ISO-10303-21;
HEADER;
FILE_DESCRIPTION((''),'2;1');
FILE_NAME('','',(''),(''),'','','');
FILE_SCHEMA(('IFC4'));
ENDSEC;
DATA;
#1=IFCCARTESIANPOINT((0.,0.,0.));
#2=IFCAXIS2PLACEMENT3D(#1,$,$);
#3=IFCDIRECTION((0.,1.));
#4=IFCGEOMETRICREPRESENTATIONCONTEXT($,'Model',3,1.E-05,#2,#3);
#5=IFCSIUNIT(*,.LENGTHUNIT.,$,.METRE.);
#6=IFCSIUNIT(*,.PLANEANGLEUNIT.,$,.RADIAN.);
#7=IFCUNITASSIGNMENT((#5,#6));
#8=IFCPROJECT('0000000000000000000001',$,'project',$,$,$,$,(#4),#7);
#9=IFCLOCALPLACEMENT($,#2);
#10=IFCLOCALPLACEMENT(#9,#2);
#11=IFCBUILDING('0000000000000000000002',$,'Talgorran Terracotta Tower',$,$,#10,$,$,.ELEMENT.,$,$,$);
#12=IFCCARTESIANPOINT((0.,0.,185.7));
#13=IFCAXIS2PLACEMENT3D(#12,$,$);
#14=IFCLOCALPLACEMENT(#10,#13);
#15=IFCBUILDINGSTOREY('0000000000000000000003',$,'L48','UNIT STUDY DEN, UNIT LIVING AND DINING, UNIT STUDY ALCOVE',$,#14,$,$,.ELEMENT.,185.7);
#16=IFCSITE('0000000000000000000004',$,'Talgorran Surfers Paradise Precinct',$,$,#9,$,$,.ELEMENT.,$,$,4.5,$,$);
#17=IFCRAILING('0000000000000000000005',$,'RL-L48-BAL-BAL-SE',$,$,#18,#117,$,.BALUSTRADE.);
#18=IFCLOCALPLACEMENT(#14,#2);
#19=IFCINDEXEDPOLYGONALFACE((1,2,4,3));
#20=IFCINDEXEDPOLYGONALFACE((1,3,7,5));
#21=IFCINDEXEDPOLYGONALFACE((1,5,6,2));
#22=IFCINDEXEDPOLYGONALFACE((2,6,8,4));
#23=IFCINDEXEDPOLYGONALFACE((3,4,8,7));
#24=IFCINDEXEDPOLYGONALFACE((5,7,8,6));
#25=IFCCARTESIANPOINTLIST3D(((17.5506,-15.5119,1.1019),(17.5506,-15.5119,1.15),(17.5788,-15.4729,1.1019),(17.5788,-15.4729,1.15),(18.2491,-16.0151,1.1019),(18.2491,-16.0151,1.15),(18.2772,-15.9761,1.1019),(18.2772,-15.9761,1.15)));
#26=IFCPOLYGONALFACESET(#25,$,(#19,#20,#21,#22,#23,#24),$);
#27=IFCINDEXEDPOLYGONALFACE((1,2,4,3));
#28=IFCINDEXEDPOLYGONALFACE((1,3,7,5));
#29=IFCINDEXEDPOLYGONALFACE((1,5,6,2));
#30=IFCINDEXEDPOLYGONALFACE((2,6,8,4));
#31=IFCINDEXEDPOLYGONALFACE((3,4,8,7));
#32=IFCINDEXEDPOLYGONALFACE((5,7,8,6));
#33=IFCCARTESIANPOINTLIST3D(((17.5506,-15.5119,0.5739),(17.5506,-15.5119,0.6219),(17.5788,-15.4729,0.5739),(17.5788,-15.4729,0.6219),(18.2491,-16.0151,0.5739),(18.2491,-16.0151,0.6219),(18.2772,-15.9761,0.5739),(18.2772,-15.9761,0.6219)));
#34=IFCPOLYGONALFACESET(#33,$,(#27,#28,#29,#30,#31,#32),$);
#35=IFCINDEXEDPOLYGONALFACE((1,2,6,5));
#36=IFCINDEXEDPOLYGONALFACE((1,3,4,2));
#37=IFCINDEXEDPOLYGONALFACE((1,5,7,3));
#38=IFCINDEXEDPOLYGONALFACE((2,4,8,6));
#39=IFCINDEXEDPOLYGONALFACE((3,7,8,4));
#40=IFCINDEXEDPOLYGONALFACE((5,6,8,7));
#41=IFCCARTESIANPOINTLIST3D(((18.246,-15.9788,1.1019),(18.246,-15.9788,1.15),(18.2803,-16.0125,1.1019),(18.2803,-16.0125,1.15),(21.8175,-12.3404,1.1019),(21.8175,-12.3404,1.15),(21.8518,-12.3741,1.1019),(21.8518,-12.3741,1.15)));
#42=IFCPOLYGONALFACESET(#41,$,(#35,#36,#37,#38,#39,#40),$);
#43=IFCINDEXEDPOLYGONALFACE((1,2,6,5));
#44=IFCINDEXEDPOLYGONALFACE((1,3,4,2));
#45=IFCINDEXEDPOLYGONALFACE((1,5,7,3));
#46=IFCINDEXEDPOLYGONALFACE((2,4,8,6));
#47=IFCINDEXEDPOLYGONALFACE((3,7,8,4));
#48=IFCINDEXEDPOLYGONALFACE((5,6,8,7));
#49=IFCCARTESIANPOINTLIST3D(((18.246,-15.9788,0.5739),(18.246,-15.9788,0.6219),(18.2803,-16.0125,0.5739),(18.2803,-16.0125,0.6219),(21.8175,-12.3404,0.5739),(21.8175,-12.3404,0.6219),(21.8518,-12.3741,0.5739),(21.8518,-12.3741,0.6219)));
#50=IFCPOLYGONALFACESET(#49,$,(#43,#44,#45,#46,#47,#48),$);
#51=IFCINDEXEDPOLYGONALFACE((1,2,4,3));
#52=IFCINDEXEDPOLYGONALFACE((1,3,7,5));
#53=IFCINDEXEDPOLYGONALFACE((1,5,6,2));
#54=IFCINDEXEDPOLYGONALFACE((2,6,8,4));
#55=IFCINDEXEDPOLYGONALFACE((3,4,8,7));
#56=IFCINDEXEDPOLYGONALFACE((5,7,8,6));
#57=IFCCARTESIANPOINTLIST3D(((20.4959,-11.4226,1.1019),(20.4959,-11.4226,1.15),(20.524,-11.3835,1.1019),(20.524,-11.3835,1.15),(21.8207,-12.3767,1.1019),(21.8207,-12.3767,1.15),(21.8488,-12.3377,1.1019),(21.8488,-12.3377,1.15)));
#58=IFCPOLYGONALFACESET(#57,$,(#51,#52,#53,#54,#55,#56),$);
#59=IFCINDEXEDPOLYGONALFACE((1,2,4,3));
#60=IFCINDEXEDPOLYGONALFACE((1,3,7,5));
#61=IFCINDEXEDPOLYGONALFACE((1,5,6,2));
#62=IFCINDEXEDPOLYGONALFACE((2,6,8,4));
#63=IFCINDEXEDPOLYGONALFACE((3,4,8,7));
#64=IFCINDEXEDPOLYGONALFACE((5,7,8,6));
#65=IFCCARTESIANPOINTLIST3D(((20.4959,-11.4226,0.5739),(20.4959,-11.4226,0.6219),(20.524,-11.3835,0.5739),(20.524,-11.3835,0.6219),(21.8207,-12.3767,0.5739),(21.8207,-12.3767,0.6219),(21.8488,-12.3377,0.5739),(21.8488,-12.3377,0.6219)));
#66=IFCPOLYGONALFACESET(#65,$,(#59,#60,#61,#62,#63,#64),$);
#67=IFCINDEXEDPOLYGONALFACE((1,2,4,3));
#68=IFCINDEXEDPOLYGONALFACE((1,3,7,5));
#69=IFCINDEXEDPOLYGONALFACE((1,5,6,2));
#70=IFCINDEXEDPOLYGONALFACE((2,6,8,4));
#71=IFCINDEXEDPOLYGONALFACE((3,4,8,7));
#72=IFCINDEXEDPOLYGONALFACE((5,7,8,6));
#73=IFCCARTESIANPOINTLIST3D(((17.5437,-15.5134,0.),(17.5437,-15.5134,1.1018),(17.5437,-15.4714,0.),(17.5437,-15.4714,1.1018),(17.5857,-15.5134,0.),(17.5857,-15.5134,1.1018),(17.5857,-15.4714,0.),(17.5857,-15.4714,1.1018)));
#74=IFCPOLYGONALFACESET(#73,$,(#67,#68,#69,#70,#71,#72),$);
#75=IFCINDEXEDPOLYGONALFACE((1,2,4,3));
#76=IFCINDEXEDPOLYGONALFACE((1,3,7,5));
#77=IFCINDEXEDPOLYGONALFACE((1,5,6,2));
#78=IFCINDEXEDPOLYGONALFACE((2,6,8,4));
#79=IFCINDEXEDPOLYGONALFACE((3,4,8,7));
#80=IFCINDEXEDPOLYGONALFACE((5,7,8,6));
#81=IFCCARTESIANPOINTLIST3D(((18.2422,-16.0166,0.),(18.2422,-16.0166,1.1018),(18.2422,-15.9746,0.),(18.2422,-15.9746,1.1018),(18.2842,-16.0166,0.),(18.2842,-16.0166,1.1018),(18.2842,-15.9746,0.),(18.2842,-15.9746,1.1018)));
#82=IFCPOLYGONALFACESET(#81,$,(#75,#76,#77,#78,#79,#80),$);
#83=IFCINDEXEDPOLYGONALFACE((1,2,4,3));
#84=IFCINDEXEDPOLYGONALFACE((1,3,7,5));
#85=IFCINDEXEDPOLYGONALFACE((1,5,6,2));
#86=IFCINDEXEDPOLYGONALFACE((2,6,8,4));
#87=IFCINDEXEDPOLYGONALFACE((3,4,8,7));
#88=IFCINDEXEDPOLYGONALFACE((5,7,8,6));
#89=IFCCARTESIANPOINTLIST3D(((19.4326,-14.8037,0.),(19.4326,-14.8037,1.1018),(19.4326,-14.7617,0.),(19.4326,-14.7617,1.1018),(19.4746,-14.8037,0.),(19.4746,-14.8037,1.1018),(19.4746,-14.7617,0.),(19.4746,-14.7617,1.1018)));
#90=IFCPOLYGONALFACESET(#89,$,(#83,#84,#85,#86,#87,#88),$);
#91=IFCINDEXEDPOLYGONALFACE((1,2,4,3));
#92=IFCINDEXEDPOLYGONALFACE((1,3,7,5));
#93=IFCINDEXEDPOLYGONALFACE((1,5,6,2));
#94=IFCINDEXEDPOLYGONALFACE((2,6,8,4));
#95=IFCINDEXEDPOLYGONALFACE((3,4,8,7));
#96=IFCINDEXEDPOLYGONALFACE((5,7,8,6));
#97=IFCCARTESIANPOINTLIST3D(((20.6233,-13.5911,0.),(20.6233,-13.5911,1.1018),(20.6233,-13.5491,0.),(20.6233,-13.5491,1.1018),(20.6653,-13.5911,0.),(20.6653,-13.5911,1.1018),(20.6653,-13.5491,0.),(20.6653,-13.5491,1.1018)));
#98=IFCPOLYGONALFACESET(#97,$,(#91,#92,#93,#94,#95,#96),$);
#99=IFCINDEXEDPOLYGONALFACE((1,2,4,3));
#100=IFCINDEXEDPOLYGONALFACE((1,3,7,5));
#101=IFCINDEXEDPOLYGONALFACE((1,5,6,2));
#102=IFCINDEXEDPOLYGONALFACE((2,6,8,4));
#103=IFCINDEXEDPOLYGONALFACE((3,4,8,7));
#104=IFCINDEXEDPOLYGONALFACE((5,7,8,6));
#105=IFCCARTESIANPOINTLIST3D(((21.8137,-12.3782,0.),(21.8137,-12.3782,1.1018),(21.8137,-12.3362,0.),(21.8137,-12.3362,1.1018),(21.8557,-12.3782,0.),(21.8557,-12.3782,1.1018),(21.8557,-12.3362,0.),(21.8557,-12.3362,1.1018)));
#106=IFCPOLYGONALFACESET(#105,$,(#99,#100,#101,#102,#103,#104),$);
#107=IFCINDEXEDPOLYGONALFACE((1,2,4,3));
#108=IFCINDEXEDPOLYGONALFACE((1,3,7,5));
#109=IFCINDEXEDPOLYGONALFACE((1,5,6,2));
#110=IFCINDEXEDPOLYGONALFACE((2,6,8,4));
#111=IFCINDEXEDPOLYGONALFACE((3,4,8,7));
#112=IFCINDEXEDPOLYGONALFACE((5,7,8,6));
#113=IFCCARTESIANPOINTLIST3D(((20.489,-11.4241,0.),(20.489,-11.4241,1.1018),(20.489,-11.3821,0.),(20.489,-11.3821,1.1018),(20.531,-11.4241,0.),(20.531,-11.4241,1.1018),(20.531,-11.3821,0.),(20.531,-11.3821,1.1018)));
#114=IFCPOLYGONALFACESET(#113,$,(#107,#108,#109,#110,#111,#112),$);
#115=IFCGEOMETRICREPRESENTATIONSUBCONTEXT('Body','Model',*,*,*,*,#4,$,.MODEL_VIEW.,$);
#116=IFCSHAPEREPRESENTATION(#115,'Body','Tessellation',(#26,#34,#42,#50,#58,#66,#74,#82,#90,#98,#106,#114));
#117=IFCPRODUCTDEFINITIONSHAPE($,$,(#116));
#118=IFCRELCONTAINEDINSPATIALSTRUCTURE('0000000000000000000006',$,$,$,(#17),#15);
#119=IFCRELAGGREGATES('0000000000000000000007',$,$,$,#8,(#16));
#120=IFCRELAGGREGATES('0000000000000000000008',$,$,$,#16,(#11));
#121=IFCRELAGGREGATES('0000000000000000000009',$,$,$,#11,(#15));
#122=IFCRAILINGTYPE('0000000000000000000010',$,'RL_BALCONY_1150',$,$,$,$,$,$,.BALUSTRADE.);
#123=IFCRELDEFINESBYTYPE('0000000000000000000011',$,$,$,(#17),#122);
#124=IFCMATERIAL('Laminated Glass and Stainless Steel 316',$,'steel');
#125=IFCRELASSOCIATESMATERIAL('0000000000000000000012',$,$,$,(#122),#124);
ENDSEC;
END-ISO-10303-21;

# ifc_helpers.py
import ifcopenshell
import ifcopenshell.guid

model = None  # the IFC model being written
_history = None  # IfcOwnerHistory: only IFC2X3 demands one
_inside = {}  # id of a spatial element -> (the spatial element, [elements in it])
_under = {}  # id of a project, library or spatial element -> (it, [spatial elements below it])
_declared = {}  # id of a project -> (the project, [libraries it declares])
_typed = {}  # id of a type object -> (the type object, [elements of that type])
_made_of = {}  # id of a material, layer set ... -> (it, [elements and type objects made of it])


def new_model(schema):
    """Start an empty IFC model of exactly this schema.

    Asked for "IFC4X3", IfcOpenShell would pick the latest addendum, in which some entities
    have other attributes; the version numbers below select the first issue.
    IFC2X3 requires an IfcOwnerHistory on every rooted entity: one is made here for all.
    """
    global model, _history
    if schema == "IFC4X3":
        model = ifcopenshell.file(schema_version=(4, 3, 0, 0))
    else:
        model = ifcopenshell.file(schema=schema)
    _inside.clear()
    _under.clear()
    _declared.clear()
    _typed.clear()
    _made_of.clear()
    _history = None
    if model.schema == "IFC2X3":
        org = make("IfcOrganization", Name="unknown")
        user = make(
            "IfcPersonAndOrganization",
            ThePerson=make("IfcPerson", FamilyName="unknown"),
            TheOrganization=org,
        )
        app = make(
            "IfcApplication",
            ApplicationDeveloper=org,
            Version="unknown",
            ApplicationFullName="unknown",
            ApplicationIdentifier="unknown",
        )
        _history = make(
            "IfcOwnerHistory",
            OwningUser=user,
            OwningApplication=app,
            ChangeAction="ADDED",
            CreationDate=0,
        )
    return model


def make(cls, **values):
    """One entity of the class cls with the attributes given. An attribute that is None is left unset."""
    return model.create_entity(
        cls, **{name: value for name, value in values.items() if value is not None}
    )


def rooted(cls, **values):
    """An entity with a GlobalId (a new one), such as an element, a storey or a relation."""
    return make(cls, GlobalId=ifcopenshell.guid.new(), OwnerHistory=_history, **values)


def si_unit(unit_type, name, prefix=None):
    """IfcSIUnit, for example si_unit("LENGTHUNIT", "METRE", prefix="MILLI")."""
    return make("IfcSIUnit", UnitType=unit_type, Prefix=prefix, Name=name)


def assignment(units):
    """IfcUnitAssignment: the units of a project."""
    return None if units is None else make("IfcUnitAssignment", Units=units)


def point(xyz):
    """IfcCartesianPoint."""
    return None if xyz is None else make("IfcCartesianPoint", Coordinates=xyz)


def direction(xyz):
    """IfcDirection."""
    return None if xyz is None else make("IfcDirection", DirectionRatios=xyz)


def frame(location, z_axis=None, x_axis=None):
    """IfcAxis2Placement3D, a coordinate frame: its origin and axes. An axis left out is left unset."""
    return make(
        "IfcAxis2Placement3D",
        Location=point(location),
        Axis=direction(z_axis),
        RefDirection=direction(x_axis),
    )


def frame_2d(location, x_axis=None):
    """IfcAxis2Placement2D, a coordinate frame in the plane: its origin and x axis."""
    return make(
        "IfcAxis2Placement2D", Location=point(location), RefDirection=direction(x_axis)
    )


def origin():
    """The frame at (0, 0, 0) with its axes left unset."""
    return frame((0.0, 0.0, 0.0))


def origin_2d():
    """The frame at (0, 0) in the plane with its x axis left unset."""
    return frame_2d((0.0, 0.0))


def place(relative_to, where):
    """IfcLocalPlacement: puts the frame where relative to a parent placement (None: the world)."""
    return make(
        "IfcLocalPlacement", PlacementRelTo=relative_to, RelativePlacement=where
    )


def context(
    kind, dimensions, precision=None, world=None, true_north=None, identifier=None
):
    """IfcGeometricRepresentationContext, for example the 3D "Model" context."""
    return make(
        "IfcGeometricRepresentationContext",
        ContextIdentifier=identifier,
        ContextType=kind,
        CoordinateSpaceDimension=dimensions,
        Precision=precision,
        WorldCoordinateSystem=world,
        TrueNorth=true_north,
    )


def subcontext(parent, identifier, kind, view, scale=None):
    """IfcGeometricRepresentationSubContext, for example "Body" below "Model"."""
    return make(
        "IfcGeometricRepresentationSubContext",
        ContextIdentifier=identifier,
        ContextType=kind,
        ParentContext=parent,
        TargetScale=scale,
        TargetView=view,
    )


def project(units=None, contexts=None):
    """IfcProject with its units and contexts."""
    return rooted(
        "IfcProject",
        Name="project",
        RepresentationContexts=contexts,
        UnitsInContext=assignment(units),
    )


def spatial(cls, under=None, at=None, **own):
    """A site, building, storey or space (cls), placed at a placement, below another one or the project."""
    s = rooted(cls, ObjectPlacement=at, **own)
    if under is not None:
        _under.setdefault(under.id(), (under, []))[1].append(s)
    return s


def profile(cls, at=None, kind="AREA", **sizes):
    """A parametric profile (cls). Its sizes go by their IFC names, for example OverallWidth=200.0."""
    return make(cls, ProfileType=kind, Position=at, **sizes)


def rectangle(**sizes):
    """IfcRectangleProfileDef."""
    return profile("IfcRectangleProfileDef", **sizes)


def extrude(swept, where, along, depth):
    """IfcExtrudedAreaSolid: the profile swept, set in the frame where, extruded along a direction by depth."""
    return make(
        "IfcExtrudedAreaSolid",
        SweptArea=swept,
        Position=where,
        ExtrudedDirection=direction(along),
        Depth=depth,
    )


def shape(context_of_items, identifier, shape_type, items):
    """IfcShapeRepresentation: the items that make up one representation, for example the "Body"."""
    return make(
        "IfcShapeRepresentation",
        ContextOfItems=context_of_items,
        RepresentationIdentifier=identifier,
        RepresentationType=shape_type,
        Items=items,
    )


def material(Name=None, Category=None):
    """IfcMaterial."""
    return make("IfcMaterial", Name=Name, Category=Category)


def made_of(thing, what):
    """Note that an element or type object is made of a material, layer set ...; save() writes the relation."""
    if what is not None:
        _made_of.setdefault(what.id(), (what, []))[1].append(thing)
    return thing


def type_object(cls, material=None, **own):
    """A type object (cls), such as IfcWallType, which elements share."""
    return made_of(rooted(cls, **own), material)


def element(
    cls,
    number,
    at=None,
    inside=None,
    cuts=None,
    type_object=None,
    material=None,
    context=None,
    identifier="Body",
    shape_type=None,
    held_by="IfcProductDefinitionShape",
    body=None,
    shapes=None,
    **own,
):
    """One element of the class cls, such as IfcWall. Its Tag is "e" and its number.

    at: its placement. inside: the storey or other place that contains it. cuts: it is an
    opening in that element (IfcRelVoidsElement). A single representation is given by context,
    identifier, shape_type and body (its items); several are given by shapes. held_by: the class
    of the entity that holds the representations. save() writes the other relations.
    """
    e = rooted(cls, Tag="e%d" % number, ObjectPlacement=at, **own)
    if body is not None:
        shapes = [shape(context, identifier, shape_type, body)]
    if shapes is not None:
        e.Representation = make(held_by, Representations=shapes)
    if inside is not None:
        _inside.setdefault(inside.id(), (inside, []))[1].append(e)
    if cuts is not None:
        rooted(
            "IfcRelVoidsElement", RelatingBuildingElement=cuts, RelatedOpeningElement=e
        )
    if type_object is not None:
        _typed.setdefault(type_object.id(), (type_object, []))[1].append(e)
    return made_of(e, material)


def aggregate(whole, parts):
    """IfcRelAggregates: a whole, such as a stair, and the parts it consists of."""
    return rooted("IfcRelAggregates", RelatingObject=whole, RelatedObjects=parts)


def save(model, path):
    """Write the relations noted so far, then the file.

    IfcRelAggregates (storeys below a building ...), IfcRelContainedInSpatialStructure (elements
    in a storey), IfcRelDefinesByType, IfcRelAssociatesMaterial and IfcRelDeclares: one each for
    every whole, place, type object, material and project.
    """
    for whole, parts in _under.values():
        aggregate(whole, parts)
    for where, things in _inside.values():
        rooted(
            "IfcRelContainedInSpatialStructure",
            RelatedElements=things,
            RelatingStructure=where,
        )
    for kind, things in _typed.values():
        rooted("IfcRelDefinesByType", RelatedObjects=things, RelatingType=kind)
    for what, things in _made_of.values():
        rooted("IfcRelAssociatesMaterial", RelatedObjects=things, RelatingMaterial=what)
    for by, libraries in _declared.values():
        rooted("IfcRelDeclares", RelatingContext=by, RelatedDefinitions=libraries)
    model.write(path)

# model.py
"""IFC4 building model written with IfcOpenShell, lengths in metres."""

from ifc_helpers import new_model, si_unit, direction, frame, origin, origin_2d, place, context, subcontext, project, spatial, rectangle, extrude, material, type_object, element, save


model = new_model("IFC4")

# Units and contexts
model_context = context("Model", 3, precision=1e-05, world=origin(), true_north=direction((0.0, 1.0)))
body_context = subcontext(model_context, "Body", "Model", "MODEL_VIEW")
ifc_project = project(units=[si_unit("LENGTHUNIT", "METRE"), si_unit("PLANEANGLEUNIT", "RADIAN")], contexts=[model_context])

# Site, building, storey
site_placement = place(None, origin())
site = spatial("IfcSite", under=ifc_project, at=site_placement, Name="Talgorran Surfers Paradise Precinct", CompositionType="ELEMENT", RefElevation=4.5)
building_placement = place(site_placement, origin())
building = spatial("IfcBuilding", under=site, at=building_placement, Name="Talgorran Terracotta Tower", CompositionType="ELEMENT")
storey_placement = place(building_placement, frame((0.0, 0.0, 185.7)))
storey = spatial("IfcBuildingStorey", under=building, at=storey_placement, Name="L48", Description="UNIT STUDY DEN, UNIT LIVING AND DINING, UNIT STUDY ALCOVE", CompositionType="ELEMENT", Elevation=185.7)

# Railing
ifc_material_1 = material(Name="Laminated Glass and Stainless Steel 316", Category="steel")
railing_type = type_object("IfcRailingType", Name="RL_BALCONY_1150", PredefinedType="BALUSTRADE", material=ifc_material_1)
railing_placement = place(storey_placement, frame((17.5647, -15.4924, 0.0)))
element("IfcRailing", 1, at=railing_placement, inside=storey, type_object=railing_type, Name="RL-L48-BAL-BAL-SE", PredefinedType="BALUSTRADE", context=body_context, shape_type="SweptSolid", body=[
    extrude(rectangle(XDim=0.0481, YDim=0.0481, at=origin_2d()), frame((0.0, 0.0, 1.126), z_axis=(0.811389, -0.584506, 0.0), x_axis=(0.584506, 0.811389, 0.0)), (0.0, 0.0, 1.0), 0.8608),
    extrude(rectangle(XDim=0.0481, YDim=0.0481, at=origin_2d()), frame((0.0, 0.0, 0.5979), z_axis=(0.811389, -0.584506, 0.0), x_axis=(0.584506, 0.811389, 0.0)), (0.0, 0.0, 1.0), 0.8608),
    extrude(rectangle(XDim=0.0481, YDim=0.0481, at=origin_2d()), frame((0.6985, -0.5032, 1.126), z_axis=(0.700516, 0.713637, 0.0), x_axis=(-0.713637, 0.700516, 0.0)), (0.0, 0.0, 1.0), 5.0984),
    extrude(rectangle(XDim=0.0481, YDim=0.0481, at=origin_2d()), frame((0.6985, -0.5032, 0.5979), z_axis=(0.700516, 0.713637, 0.0), x_axis=(-0.713637, 0.700516, 0.0)), (0.0, 0.0, 1.0), 5.0984),
    extrude(rectangle(XDim=0.0481, YDim=0.0481, at=origin_2d()), frame((4.27, 3.1353, 1.126), z_axis=(-0.811444, 0.584431, 0.0), x_axis=(-0.584431, -0.811444, 0.0)), (0.0, 0.0, 1.0), 1.6326),
    extrude(rectangle(XDim=0.0481, YDim=0.0481, at=origin_2d()), frame((4.27, 3.1353, 0.5979), z_axis=(-0.811444, 0.584431, 0.0), x_axis=(-0.584431, -0.811444, 0.0)), (0.0, 0.0, 1.0), 1.6326),
    extrude(rectangle(XDim=0.042, YDim=0.042, at=origin_2d()), origin(), (0.0, 0.0, 1.0), 1.1018),
    extrude(rectangle(XDim=0.042, YDim=0.042, at=origin_2d()), frame((0.6985, -0.5032, 0.0)), (0.0, 0.0, 1.0), 1.1018),
    extrude(rectangle(XDim=0.042, YDim=0.042, at=origin_2d()), frame((1.8889, 0.7097, 0.0)), (0.0, 0.0, 1.0), 1.1018),
    extrude(rectangle(XDim=0.042, YDim=0.042, at=origin_2d()), frame((3.0796, 1.9224, 0.0)), (0.0, 0.0, 1.0), 1.1018),
    extrude(rectangle(XDim=0.042, YDim=0.042, at=origin_2d()), frame((4.27, 3.1353, 0.0)), (0.0, 0.0, 1.0), 1.1018),
    extrude(rectangle(XDim=0.042, YDim=0.042, at=origin_2d()), frame((2.9453, 4.0894, 0.0)), (0.0, 0.0, 1.0), 1.1018),
])

save(model, "model.ifc")
